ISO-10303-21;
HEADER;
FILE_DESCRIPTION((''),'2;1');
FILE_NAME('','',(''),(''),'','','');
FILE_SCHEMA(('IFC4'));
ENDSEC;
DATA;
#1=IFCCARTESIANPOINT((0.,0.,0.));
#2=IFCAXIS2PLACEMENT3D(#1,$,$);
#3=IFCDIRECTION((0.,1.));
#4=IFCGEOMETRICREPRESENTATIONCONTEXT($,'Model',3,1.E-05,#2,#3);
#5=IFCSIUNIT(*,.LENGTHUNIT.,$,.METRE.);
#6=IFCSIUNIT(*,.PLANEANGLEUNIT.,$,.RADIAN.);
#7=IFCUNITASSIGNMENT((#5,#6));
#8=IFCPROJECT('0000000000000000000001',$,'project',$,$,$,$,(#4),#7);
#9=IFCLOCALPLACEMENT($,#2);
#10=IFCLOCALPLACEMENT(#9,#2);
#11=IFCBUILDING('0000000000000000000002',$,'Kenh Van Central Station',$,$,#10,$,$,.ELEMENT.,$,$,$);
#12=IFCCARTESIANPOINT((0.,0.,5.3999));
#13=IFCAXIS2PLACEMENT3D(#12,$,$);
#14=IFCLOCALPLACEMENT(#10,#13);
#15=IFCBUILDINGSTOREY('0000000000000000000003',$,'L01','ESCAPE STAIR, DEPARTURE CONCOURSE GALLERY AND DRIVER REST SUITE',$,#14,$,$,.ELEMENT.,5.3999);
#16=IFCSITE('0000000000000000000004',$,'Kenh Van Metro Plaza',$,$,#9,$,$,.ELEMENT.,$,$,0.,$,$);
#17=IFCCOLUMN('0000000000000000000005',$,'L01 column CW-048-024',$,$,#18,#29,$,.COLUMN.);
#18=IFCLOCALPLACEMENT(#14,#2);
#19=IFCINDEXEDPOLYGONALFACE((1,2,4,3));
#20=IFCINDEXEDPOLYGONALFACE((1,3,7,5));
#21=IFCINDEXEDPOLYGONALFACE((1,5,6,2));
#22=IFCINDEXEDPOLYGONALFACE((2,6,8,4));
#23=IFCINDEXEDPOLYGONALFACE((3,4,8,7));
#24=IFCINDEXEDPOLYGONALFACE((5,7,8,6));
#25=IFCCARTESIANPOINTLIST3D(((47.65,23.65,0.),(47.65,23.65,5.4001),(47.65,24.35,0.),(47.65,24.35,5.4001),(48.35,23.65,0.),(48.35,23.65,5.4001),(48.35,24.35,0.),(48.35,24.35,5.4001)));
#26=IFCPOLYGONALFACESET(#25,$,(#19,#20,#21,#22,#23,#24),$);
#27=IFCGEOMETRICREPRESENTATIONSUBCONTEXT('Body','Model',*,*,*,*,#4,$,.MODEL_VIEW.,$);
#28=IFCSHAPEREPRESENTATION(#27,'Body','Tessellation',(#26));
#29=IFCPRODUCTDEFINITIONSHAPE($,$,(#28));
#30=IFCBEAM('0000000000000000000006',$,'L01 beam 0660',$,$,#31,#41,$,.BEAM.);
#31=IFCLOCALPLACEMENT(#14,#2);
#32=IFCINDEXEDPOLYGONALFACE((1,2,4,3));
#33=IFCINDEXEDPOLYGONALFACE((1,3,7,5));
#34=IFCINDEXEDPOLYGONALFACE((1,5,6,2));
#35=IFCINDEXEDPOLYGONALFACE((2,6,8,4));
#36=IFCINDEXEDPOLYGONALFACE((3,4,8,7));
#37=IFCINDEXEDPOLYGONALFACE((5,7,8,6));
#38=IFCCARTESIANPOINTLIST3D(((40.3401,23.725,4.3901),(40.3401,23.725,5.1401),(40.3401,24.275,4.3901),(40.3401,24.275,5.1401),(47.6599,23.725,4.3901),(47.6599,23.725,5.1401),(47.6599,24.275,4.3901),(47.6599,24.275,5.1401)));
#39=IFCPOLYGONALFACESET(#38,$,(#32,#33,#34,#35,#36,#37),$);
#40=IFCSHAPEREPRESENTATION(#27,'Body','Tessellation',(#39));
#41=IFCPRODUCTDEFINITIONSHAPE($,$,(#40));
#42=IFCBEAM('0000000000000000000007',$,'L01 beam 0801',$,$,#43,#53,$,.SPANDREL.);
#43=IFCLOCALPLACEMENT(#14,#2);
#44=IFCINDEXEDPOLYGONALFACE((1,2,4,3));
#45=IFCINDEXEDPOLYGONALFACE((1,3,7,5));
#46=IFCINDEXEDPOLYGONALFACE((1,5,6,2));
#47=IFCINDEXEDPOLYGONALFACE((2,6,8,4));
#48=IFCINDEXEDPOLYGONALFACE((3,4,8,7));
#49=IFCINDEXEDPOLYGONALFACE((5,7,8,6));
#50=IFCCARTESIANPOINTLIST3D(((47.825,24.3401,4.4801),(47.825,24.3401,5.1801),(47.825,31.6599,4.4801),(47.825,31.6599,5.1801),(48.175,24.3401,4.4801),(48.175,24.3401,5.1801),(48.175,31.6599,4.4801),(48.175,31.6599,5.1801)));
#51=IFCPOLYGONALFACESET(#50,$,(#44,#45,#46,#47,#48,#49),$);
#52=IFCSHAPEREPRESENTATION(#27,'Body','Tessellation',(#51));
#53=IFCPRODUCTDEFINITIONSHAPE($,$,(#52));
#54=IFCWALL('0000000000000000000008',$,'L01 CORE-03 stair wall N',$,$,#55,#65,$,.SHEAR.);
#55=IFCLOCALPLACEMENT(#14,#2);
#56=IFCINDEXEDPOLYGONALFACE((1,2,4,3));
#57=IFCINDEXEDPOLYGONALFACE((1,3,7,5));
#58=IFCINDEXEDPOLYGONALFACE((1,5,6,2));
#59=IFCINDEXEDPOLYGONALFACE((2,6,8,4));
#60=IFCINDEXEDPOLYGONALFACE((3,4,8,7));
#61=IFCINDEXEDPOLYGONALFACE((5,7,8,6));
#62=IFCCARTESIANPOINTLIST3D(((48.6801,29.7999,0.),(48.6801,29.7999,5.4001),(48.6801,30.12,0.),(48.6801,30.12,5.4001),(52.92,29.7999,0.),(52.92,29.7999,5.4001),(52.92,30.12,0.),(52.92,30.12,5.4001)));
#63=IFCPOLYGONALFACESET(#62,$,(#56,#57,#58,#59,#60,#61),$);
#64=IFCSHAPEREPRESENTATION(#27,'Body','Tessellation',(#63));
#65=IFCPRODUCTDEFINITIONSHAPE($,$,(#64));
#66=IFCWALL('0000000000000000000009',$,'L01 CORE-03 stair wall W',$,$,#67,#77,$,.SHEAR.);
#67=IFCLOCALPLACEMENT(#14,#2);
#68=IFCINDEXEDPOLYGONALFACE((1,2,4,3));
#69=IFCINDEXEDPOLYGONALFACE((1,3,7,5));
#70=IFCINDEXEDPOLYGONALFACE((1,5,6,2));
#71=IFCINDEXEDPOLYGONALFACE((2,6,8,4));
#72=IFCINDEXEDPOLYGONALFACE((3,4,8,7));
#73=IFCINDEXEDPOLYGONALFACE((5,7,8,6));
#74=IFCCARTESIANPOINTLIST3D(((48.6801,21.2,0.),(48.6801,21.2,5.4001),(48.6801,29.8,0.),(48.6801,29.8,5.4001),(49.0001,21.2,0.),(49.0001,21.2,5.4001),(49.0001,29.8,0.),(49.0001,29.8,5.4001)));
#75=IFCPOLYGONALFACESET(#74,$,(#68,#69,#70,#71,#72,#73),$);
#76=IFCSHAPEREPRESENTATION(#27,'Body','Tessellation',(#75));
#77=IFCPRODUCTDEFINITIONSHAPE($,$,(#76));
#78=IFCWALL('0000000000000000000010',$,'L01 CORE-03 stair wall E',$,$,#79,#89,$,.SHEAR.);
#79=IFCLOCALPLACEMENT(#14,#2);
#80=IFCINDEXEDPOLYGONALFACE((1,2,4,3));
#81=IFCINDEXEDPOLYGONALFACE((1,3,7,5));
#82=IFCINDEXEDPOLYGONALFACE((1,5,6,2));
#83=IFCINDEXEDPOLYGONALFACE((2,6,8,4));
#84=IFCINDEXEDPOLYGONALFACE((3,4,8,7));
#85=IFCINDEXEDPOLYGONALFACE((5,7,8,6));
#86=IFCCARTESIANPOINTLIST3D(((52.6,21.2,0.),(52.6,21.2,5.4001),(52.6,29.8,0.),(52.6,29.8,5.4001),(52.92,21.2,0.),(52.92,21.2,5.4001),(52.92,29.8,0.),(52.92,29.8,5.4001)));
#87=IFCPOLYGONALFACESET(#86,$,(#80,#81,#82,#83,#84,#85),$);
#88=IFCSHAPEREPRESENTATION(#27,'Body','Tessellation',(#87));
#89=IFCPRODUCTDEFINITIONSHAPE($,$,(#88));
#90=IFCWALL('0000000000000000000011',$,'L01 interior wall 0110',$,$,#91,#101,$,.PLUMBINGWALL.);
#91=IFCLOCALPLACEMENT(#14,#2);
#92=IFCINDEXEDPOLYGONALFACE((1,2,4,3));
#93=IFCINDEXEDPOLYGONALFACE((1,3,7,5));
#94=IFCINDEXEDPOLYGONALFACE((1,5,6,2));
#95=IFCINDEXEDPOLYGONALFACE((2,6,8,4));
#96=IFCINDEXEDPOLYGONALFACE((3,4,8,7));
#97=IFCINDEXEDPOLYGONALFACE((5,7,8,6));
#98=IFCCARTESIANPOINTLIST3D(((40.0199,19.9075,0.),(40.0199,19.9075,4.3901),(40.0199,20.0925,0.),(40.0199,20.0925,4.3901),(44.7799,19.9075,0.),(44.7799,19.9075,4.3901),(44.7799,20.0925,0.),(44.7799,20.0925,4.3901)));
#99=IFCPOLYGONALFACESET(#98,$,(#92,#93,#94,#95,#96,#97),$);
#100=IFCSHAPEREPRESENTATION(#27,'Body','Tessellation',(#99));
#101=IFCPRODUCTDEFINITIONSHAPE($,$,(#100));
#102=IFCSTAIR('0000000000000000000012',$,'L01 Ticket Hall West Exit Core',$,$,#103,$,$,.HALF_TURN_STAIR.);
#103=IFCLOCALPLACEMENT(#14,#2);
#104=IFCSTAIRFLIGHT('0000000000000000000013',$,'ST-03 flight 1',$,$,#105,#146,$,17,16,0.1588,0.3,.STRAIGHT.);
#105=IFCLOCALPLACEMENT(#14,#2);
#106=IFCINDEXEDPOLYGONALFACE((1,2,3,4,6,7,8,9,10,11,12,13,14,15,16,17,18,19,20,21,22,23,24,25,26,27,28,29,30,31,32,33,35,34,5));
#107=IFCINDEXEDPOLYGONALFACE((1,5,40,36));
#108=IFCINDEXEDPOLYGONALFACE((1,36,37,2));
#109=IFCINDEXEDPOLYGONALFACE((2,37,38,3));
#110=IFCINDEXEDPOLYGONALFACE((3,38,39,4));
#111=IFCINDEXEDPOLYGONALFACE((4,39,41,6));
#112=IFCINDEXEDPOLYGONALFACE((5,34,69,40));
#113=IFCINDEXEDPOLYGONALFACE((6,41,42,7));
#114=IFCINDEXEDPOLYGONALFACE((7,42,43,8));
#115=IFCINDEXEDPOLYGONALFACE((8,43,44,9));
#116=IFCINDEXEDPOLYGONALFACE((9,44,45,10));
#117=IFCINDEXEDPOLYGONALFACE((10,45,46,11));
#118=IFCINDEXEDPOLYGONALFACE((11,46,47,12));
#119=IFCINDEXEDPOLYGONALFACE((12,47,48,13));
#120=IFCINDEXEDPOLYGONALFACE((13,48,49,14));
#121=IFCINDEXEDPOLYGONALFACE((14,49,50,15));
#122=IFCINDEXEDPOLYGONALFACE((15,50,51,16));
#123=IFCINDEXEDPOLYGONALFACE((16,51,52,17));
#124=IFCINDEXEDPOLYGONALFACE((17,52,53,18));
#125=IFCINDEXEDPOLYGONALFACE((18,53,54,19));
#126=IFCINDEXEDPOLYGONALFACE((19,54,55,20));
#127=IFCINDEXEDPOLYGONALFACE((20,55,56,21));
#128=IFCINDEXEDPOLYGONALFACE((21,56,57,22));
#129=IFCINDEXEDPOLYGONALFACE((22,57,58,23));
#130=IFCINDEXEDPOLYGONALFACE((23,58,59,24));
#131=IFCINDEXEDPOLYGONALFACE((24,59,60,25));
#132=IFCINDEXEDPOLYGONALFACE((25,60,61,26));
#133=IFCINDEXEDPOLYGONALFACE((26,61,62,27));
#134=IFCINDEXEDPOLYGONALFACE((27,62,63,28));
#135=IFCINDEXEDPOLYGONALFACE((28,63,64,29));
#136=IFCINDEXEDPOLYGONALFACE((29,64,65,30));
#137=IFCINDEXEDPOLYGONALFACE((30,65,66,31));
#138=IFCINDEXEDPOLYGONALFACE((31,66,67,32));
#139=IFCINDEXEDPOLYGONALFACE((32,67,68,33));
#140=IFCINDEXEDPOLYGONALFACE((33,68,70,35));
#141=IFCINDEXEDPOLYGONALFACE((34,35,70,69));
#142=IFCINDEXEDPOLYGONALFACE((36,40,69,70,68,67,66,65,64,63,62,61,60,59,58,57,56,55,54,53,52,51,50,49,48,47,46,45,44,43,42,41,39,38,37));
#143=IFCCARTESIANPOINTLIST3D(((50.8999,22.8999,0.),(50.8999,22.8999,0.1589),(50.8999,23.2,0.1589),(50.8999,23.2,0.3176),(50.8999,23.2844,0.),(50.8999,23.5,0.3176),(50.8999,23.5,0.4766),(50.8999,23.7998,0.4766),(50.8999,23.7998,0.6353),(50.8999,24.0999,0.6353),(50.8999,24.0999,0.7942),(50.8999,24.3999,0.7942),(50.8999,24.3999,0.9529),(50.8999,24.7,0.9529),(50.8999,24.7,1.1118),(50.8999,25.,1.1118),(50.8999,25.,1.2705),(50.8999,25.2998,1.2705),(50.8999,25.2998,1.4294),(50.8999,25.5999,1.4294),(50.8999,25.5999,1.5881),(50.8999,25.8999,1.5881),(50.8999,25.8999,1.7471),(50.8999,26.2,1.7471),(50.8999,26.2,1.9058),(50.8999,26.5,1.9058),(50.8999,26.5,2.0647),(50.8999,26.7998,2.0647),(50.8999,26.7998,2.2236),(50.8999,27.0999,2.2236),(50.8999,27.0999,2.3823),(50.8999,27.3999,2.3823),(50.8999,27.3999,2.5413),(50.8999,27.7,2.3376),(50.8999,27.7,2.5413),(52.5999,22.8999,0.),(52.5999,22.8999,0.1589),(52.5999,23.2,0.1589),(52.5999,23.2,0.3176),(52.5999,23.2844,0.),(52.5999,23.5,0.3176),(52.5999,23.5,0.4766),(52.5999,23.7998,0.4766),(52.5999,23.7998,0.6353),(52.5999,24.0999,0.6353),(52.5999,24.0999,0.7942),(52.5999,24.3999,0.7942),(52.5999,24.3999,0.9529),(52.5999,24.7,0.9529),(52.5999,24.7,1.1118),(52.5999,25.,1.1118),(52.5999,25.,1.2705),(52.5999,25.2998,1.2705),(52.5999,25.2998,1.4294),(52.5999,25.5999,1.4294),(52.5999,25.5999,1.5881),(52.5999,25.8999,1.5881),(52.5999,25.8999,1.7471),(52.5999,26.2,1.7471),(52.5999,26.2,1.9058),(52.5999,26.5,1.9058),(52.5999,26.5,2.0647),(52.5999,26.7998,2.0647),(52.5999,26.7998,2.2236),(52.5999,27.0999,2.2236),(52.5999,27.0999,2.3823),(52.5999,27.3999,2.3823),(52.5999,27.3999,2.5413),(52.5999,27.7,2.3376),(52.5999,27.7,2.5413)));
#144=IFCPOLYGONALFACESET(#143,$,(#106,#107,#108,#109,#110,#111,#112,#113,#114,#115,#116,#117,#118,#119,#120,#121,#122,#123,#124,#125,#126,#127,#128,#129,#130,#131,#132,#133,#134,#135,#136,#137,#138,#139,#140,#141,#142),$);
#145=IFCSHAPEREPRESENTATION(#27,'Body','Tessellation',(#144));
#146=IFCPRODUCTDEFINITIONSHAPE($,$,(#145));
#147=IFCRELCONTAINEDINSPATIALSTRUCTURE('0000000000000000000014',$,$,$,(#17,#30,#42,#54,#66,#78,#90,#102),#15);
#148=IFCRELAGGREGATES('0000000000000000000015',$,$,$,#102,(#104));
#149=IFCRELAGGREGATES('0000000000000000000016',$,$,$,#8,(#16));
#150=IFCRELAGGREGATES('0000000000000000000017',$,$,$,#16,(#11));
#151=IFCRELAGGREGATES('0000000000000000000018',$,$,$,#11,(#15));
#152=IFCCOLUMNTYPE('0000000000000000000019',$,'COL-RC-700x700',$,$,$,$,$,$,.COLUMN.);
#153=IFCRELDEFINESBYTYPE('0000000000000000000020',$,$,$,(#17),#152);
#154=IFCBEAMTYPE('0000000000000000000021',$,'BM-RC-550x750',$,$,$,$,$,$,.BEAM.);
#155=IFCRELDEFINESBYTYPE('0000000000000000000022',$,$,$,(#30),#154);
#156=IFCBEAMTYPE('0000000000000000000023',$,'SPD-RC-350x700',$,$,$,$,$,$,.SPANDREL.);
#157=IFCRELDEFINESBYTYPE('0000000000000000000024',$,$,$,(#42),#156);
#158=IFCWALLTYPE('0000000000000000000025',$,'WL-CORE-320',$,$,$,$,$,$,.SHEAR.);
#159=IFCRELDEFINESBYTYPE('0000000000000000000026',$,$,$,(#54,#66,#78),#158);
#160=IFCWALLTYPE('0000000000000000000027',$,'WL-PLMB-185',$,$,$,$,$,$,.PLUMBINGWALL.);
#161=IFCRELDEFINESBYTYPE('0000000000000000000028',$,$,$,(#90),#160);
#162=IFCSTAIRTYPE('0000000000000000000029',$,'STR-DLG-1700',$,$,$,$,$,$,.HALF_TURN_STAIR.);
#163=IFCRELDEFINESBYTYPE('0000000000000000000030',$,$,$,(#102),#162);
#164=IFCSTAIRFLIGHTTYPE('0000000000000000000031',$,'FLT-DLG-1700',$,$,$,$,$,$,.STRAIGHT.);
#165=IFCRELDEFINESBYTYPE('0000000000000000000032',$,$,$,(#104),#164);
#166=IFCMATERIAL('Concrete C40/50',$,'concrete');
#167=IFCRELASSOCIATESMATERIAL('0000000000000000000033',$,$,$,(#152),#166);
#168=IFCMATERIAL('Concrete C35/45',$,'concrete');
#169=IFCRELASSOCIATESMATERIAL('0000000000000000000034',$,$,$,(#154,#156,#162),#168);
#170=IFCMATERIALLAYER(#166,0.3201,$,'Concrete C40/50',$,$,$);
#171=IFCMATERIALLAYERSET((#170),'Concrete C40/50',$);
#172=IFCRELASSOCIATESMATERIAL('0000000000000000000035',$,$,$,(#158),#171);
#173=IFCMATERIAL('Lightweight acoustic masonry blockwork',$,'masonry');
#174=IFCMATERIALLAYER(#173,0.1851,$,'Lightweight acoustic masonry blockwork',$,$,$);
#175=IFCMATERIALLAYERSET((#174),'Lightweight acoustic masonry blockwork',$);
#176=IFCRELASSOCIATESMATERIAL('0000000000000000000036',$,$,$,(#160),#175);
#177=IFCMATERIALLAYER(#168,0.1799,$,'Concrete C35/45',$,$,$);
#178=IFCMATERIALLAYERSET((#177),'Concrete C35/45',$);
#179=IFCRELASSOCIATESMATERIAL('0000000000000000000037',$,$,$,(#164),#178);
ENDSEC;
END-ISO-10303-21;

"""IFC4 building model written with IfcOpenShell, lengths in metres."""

from ifc_helpers import new_model, si_unit, direction, frame, frame_2d, origin, origin_2d, place, context, subcontext, project, spatial, polyline, rectangle, outline, extrude, material, layer, layer_set, material_profile, profile_set, type_object, element, aggregate, save


model = new_model("IFC4")

# Units and contexts
model_context = context("Model", 3, precision=1e-05, world=origin(), true_north=direction((0.0, 1.0)))
body_context = subcontext(model_context, "Body", "Model", "MODEL_VIEW")
ifc_project = project(units=[si_unit("LENGTHUNIT", "METRE"), si_unit("PLANEANGLEUNIT", "RADIAN")], contexts=[model_context])

# Site, building, storey
site_placement = place(None, origin())
site = spatial("IfcSite", under=ifc_project, at=site_placement, Name="Kenh Van Metro Plaza", CompositionType="ELEMENT", RefElevation=0.0)
building_placement = place(site_placement, origin())
building = spatial("IfcBuilding", under=site, at=building_placement, Name="Kenh Van Central Station", CompositionType="ELEMENT")
storey_placement = place(building_placement, frame((0.0, 0.0, 5.3999)))
storey = spatial("IfcBuildingStorey", under=building, at=storey_placement, Name="L01", Description="ESCAPE STAIR, DEPARTURE CONCOURSE GALLERY AND DRIVER REST SUITE", CompositionType="ELEMENT", Elevation=5.3999)

# Column
ifc_material_1 = material(Name="Concrete C40/50", Category="concrete")
ifc_material_profile_1 = material_profile(ifc_material_1, rectangle(XDim=0.7, YDim=0.7, at=origin_2d()), Name="RC 700x700")
ifc_profile_set_1 = profile_set([ifc_material_profile_1], Name="Concrete C40/50")
column_type = type_object("IfcColumnType", Name="COL-RC-700x700", PredefinedType="COLUMN", material=ifc_profile_set_1)
column_placement = place(storey_placement, frame((48.0, 24.0, 0.0), z_axis=(0.0, 0.0, 1.0), x_axis=(1.0, 0.0, 0.0)))
element("IfcColumn", 1, at=column_placement, inside=storey, type_object=column_type, Name="L01 column CW-048-024", PredefinedType="COLUMN", context=body_context, shape_type="SweptSolid", body=[
    extrude(rectangle(XDim=0.7, YDim=0.7, at=origin_2d()), origin(), (0.0, 0.0, 1.0), 5.4001),
])

# Beams
ifc_material_2 = material(Name="Concrete C35/45", Category="concrete")
ifc_material_profile_2 = material_profile(ifc_material_2, rectangle(XDim=0.55, YDim=0.75, at=origin_2d()), Name="RC 550x750")
ifc_profile_set_2 = profile_set([ifc_material_profile_2], Name="Concrete C35/45")
beam_type_1 = type_object("IfcBeamType", Name="BM-RC-550x750", PredefinedType="BEAM", material=ifc_profile_set_2)
beam_1_placement = place(storey_placement, frame((40.3401, 24.0, 4.7651), z_axis=(1.0, 0.0, 0.0), x_axis=(0.0, 1.0, 0.0)))
element("IfcBeam", 2, at=beam_1_placement, inside=storey, type_object=beam_type_1, Name="L01 beam 0660", PredefinedType="BEAM", context=body_context, shape_type="SweptSolid", body=[
    extrude(rectangle(XDim=0.55, YDim=0.75, at=origin_2d()), origin(), (0.0, 0.0, 1.0), 7.3198),
])
ifc_material_profile_3 = material_profile(ifc_material_2, rectangle(XDim=0.3501, YDim=0.7, at=origin_2d()), Name="RC 350x700")
ifc_profile_set_3 = profile_set([ifc_material_profile_3], Name="Concrete C35/45")
beam_type_2 = type_object("IfcBeamType", Name="SPD-RC-350x700", PredefinedType="SPANDREL", material=ifc_profile_set_3)
beam_2_placement = place(storey_placement, frame((48.0, 24.3401, 4.8301), z_axis=(0.0, 1.0, 0.0), x_axis=(-1.0, 0.0, 0.0)))
element("IfcBeam", 3, at=beam_2_placement, inside=storey, type_object=beam_type_2, Name="L01 beam 0801", PredefinedType="SPANDREL", context=body_context, shape_type="SweptSolid", body=[
    extrude(rectangle(XDim=0.3501, YDim=0.7, at=origin_2d()), origin(), (0.0, 0.0, 1.0), 7.3198),
])

# Shared definitions
ifc_layer_1 = layer(ifc_material_1, 0.3201, Name="Concrete C40/50")
ifc_layer_set_1 = layer_set([ifc_layer_1], Name="Concrete C40/50")
wall_type_1 = type_object("IfcWallType", Name="WL-CORE-320", PredefinedType="SHEAR", material=ifc_layer_set_1)

# Walls
wall_1_placement = place(storey_placement, frame((48.6799, 29.96, 0.0), z_axis=(0.0, 0.0, 1.0), x_axis=(1.0, 0.0, 0.0)))
element("IfcWall", 4, at=wall_1_placement, inside=storey, type_object=wall_type_1, Name="L01 CORE-03 stair wall N", PredefinedType="SHEAR", context=body_context, shape_type="SweptSolid", body=[
    extrude(rectangle(XDim=4.24, YDim=0.3201, at=frame_2d((2.1201, 0.0))), origin(), (0.0, 0.0, 1.0), 5.4001),
])
for number, where, z_axis, x_axis, name in (
    (5, (48.8401, 21.2, 0.0), (0.0, 0.0, 1.0), (0.0, 1.0, 0.0), "L01 CORE-03 stair wall W"),
    (6, (52.76, 21.2, 0.0), (0.0, 0.0, 1.0), (0.0, 1.0, 0.0), "L01 CORE-03 stair wall E"),
):
    element("IfcWall", number, at=place(storey_placement, frame(where, z_axis=z_axis, x_axis=x_axis)), inside=storey, type_object=wall_type_1, Name=name, PredefinedType="SHEAR", context=body_context, shape_type="SweptSolid", body=[
        extrude(rectangle(XDim=8.6001, YDim=0.3201, at=frame_2d((4.3, 0.0))), origin(), (0.0, 0.0, 1.0), 5.4001),
    ])
ifc_material_3 = material(Name="Lightweight acoustic masonry blockwork", Category="masonry")
ifc_layer_2 = layer(ifc_material_3, 0.1851, Name="Lightweight acoustic masonry blockwork")
ifc_layer_set_2 = layer_set([ifc_layer_2], Name="Lightweight acoustic masonry blockwork")
wall_type_2 = type_object("IfcWallType", Name="WL-PLMB-185", PredefinedType="PLUMBINGWALL", material=ifc_layer_set_2)
wall_2_placement = place(storey_placement, frame((40.02, 20.0, 0.0), z_axis=(0.0, 0.0, 1.0), x_axis=(1.0, 0.0, 0.0)))
element("IfcWall", 7, at=wall_2_placement, inside=storey, type_object=wall_type_2, Name="L01 interior wall 0110", PredefinedType="PLUMBINGWALL", context=body_context, shape_type="SweptSolid", body=[
    extrude(rectangle(XDim=4.76, YDim=0.1851, at=frame_2d((2.3799, 0.0))), origin(), (0.0, 0.0, 1.0), 4.3901),
])

# Stair, stair flight
stair_type = type_object("IfcStairType", Name="STR-DLG-1700", PredefinedType="HALF_TURN_STAIR", material=ifc_material_2)
stair_placement = place(storey_placement, origin())
stair = element("IfcStair", 8, at=stair_placement, inside=storey, type_object=stair_type, Name="L01 Ticket Hall West Exit Core", PredefinedType="HALF_TURN_STAIR")
ifc_layer_3 = layer(ifc_material_2, 0.1799, Name="Concrete C35/45")
ifc_layer_set_3 = layer_set([ifc_layer_3], Name="Concrete C35/45")
stair_flight_type = type_object("IfcStairFlightType", Name="FLT-DLG-1700", PredefinedType="STRAIGHT", material=ifc_layer_set_3)
stair_flight_1_placement = place(storey_placement, frame((51.75, 22.8999, 0.0), z_axis=(0.0, 0.0, 1.0), x_axis=(0.0, 1.0, 0.0)))
stair_flight_1 = element("IfcStairFlight", 9, at=stair_flight_1_placement, type_object=stair_flight_type, Name="ST-03 flight 1", NumberOfRisers=17, NumberOfTreads=16, PredefinedType="STRAIGHT", RiserHeight=0.1588, TreadLength=0.3, context=body_context, shape_type="SweptSolid", body=[
    extrude(outline(polyline([(0.0, 0.0), (0.0, 0.1589), (0.3, 0.1589), (0.3, 0.3176), (0.6001, 0.3176), (0.6001, 0.4766), (0.8999, 0.4766), (0.8999, 0.6353), (1.2, 0.6353), (1.2, 0.7942), (1.5, 0.7942), (1.5, 0.9529), (1.8, 0.9529), (1.8, 1.1118), (2.1001, 1.1118), (2.1001, 1.2705), (2.3999, 1.2705), (2.3999, 1.4294), (2.7, 1.4294), (2.7, 1.5881), (3.0, 1.5881), (3.0, 1.7471), (3.3, 1.7471), (3.3, 1.9058), (3.6001, 1.9058), (3.6001, 2.0647), (3.8999, 2.0647), (3.8999, 2.2236), (4.2, 2.2236), (4.2, 2.3823), (4.5, 2.3823), (4.5, 2.5413), (4.8, 2.5413), (4.8, 2.7), (4.8, 2.3376), (0.3845, 0.0), (0.0, 0.0)])), frame((0.0, 0.8501, 0.0), z_axis=(0.0, -1.0, 0.0), x_axis=(1.0, 0.0, 0.0)), (0.0, 0.0, 1.0), 1.7),
])
aggregate(stair, [stair_flight_1])

save(model, "model.ifc")
